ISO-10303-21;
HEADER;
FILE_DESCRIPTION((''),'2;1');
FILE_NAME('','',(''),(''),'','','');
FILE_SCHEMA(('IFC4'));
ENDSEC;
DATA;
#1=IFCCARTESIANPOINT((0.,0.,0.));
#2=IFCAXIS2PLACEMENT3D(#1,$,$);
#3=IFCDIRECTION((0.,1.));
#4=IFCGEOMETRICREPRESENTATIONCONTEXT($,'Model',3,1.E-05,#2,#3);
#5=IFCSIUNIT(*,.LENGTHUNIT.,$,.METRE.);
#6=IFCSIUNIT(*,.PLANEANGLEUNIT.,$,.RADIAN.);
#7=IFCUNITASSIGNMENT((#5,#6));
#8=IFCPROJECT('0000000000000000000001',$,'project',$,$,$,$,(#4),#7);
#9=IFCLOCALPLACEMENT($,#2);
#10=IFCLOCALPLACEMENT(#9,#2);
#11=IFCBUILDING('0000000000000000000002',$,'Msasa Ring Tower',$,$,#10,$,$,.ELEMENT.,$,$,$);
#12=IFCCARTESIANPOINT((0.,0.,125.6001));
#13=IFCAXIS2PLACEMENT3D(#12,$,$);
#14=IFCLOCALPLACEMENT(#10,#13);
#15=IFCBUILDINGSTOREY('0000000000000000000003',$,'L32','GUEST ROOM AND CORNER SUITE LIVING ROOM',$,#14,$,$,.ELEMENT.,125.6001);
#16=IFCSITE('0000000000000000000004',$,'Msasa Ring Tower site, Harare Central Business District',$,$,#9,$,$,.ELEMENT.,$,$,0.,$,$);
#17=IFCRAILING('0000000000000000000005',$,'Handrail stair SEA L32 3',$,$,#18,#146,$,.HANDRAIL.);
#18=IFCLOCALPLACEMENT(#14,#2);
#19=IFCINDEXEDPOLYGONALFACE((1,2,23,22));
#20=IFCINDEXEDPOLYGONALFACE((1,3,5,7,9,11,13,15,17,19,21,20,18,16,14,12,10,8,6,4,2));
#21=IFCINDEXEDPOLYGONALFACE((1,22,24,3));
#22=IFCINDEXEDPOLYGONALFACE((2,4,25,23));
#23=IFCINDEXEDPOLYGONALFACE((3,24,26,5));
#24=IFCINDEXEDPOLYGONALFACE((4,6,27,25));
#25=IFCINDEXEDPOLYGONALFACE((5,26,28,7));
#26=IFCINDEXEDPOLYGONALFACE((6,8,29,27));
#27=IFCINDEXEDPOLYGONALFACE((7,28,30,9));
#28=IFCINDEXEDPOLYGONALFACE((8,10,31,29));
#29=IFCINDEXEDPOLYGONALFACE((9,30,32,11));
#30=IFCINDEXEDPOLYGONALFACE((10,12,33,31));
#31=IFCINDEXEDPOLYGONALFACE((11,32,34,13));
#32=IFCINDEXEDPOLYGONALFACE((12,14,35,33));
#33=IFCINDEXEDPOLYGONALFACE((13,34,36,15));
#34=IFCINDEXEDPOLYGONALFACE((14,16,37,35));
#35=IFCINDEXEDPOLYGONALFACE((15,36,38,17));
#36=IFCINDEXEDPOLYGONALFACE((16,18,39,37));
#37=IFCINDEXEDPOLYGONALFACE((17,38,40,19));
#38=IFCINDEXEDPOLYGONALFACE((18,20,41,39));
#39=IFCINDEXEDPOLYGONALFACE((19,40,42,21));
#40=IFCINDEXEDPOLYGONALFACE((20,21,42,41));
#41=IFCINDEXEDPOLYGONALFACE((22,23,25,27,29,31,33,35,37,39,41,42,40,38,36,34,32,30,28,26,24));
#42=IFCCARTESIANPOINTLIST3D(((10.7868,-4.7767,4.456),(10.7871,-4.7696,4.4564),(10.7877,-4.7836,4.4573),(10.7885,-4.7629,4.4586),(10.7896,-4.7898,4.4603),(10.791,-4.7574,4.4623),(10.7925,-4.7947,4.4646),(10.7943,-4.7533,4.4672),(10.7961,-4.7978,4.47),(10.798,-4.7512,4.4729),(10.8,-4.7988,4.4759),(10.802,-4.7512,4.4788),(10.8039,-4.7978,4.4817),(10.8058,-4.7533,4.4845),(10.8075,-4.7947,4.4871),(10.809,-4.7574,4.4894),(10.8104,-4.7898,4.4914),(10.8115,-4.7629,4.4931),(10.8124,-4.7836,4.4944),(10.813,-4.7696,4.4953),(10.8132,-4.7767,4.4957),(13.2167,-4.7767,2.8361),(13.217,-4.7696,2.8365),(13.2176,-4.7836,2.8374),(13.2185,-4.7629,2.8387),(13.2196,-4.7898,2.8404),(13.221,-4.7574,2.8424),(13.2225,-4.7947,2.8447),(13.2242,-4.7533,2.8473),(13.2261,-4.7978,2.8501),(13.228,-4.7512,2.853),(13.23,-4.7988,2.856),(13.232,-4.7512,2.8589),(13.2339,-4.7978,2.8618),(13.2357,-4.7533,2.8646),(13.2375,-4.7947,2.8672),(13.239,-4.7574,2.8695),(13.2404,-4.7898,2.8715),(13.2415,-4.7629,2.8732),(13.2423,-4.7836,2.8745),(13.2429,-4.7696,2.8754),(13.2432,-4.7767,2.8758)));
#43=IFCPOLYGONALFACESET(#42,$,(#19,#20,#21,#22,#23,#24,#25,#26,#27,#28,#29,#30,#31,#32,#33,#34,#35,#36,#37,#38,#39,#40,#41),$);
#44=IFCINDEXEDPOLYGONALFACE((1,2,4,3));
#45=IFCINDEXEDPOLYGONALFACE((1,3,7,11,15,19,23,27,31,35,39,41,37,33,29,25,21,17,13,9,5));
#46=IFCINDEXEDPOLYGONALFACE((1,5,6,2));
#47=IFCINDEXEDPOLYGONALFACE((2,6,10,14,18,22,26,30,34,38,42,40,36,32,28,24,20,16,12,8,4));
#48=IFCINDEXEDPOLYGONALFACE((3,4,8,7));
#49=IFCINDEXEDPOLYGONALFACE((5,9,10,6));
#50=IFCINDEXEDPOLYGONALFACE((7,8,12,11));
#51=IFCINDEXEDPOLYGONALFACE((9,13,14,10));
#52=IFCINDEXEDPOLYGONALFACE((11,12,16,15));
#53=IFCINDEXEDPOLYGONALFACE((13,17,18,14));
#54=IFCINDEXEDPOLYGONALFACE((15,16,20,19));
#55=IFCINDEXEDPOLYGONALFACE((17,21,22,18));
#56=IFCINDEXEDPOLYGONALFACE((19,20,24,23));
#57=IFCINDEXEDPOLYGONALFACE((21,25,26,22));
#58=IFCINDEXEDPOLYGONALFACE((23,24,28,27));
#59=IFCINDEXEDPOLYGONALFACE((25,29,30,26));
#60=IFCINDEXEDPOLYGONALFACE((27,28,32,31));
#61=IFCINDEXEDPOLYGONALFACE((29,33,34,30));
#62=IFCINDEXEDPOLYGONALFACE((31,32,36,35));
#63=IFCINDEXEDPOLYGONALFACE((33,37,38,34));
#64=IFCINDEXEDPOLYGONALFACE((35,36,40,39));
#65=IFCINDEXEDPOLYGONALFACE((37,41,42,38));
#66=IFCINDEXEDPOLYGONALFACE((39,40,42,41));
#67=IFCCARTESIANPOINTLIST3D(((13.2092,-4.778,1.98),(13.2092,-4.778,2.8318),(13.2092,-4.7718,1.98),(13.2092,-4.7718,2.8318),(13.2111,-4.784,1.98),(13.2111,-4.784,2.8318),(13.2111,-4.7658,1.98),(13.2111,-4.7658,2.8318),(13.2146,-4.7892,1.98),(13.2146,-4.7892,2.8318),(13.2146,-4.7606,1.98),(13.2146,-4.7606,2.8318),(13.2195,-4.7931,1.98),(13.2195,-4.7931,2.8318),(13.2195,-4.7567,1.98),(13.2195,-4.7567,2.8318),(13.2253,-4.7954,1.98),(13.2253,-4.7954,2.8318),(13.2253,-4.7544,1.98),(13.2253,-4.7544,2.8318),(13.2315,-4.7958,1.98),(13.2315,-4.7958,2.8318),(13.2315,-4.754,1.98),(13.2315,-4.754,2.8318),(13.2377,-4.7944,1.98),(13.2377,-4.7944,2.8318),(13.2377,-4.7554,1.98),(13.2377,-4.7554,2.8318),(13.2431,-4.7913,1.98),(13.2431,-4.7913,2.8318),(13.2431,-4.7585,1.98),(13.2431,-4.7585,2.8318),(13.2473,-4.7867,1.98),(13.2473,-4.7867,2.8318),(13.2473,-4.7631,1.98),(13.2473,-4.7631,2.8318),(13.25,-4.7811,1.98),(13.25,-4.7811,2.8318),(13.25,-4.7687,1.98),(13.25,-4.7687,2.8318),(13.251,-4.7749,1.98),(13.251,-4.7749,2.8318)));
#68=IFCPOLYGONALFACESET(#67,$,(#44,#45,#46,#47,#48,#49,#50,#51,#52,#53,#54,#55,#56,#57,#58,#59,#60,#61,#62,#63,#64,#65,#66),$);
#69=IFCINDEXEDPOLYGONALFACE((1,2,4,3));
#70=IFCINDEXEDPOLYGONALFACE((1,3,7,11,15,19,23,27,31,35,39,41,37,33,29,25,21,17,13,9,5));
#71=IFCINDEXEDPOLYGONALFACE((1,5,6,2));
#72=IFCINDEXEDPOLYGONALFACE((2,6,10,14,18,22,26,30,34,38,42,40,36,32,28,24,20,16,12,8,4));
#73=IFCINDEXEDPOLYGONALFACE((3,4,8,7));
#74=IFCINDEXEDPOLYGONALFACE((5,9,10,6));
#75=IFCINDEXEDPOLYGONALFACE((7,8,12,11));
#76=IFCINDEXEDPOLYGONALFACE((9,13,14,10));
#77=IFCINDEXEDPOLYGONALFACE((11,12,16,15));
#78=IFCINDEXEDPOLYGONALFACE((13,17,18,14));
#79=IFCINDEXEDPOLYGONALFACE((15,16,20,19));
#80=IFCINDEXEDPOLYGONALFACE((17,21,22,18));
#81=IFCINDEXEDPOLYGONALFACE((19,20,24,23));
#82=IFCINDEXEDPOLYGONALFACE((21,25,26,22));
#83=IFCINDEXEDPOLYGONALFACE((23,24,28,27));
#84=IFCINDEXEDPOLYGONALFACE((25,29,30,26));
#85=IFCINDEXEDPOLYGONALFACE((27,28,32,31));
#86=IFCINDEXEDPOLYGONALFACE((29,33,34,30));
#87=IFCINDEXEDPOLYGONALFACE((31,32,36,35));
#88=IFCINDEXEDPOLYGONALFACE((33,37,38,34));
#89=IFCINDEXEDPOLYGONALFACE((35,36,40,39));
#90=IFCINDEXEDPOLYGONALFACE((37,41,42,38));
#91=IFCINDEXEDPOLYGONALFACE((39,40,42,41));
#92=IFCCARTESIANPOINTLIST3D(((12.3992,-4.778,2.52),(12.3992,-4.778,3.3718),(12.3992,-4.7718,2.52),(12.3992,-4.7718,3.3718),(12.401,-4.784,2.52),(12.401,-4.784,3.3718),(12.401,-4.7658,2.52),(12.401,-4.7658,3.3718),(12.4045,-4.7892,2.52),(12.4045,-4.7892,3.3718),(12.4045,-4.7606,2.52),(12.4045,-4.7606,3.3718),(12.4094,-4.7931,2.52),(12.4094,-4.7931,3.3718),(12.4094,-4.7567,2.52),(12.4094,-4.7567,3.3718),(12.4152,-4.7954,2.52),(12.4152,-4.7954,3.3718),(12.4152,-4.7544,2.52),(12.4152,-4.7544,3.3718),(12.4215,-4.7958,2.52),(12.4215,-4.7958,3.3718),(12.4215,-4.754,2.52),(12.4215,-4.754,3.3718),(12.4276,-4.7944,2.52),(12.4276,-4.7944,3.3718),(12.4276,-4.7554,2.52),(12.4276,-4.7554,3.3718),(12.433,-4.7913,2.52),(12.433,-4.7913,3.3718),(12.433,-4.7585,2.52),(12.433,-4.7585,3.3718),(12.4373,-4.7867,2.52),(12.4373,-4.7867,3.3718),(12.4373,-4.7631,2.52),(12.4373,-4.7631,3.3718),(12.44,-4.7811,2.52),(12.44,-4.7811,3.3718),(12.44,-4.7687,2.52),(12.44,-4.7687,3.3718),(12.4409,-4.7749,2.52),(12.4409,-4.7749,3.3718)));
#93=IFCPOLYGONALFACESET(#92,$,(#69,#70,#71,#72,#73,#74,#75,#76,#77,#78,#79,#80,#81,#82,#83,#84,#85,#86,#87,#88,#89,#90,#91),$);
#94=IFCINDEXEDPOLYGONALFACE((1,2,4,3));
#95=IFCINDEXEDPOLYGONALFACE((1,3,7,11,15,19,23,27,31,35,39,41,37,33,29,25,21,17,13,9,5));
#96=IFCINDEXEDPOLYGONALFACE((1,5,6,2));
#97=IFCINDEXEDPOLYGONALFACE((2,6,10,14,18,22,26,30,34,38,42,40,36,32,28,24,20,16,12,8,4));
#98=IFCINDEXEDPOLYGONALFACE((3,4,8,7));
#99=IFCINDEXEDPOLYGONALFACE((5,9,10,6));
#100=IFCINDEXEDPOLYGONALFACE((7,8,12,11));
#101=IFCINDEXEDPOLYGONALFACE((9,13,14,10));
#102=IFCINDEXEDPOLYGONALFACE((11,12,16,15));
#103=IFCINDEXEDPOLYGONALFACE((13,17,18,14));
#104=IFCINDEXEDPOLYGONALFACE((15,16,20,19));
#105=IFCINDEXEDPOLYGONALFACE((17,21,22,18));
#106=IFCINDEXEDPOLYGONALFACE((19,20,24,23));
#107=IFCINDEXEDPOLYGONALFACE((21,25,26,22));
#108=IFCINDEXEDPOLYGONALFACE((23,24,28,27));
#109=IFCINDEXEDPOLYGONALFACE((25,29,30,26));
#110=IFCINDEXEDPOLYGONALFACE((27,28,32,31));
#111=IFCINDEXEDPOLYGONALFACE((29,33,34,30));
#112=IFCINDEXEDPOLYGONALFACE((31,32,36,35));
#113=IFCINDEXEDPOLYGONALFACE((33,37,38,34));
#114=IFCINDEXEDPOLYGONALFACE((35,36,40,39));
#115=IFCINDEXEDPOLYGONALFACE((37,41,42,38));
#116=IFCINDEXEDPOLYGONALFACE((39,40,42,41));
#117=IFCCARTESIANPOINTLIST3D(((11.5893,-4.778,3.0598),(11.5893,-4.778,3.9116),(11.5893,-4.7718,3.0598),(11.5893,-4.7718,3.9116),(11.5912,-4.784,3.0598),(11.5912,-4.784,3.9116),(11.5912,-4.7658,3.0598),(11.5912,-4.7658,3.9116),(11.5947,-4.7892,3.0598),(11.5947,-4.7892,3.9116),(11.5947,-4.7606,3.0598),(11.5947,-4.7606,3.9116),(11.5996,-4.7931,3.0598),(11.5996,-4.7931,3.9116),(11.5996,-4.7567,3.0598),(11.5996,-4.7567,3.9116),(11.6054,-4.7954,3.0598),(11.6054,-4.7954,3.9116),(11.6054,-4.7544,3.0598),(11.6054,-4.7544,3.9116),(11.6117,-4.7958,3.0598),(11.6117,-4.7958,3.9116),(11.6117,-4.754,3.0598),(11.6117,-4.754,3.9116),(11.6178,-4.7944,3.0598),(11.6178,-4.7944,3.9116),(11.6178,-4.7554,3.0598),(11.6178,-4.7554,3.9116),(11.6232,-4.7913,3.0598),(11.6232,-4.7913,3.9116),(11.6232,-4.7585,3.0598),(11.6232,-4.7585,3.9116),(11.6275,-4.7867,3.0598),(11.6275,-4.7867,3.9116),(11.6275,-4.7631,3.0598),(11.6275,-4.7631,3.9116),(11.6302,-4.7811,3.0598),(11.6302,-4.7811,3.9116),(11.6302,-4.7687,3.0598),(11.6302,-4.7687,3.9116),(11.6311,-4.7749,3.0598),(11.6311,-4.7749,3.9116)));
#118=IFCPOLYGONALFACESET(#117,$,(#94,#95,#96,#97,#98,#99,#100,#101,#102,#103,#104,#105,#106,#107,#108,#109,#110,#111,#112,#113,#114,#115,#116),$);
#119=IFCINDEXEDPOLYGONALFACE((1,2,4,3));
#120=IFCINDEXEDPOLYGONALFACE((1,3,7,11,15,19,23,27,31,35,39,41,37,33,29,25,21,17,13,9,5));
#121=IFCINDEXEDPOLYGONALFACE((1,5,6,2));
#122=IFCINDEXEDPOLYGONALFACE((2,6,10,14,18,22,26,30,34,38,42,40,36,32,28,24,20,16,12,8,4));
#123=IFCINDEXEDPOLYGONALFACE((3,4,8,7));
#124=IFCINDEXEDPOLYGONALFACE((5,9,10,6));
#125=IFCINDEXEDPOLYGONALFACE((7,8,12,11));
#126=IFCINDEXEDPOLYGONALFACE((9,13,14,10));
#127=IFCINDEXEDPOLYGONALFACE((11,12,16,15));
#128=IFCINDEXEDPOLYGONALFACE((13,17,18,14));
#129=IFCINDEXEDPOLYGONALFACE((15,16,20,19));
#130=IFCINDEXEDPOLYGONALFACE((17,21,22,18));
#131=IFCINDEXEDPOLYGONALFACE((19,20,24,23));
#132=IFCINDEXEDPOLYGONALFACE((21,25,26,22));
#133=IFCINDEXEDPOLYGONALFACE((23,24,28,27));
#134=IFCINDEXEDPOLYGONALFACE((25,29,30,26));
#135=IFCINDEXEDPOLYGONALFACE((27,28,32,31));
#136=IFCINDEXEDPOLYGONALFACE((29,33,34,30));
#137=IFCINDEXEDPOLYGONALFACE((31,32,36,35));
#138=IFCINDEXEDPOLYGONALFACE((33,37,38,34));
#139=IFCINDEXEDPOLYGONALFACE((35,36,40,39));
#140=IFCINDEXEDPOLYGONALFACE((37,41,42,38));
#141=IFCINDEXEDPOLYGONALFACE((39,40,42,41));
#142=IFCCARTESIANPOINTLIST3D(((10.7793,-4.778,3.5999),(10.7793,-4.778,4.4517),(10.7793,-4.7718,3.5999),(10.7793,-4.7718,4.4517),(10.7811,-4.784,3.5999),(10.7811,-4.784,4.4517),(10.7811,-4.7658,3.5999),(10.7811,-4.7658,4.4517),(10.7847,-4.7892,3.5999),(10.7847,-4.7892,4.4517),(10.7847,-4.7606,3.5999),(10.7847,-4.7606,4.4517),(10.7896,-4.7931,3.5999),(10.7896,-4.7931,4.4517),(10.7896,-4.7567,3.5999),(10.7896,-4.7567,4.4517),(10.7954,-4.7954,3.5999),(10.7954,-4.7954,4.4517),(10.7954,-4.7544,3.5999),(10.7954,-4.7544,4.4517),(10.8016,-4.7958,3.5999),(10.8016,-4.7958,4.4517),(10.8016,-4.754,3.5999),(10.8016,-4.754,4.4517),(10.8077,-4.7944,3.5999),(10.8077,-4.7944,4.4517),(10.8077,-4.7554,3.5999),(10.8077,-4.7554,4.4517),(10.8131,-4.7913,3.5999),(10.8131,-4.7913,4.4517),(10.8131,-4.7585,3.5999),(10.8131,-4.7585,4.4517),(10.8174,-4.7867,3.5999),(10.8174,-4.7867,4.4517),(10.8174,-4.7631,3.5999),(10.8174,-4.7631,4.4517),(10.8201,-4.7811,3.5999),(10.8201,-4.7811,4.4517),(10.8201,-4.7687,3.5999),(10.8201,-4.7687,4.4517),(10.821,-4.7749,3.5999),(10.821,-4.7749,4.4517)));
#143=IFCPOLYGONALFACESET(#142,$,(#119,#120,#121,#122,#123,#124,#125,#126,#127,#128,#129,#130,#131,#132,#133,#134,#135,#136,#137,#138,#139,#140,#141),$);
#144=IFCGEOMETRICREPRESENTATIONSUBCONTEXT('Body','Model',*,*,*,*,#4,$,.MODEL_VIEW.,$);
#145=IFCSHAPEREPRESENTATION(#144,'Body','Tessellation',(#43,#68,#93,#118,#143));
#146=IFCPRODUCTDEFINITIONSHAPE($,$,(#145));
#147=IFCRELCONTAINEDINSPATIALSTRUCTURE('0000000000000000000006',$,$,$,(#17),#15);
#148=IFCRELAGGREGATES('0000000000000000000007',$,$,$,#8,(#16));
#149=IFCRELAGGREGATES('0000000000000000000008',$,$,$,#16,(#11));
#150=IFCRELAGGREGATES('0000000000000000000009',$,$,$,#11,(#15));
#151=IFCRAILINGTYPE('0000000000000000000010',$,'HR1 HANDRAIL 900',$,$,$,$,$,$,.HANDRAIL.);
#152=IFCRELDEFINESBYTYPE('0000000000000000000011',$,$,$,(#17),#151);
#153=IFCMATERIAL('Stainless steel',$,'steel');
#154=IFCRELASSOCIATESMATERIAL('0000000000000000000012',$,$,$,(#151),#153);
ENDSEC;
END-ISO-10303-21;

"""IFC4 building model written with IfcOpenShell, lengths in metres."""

from ifc_helpers import new_model, si_unit, direction, frame, origin, origin_2d, place, context, subcontext, project, spatial, circle, extrude, material, type_object, element, save


model = new_model("IFC4")

# Units and contexts
model_context = context("Model", 3, precision=1e-05, world=origin(), true_north=direction((0.0, 1.0)))
body_context = subcontext(model_context, "Body", "Model", "MODEL_VIEW")
ifc_project = project(units=[si_unit("LENGTHUNIT", "METRE"), si_unit("PLANEANGLEUNIT", "RADIAN")], contexts=[model_context])

# Site, building, storey
site_placement = place(None, origin())
site = spatial("IfcSite", under=ifc_project, at=site_placement, Name="Msasa Ring Tower site, Harare Central Business District", CompositionType="ELEMENT", RefElevation=0.0)
building_placement = place(site_placement, origin())
building = spatial("IfcBuilding", under=site, at=building_placement, Name="Msasa Ring Tower", CompositionType="ELEMENT")
storey_placement = place(building_placement, frame((0.0, 0.0, 125.6001)))
storey = spatial("IfcBuildingStorey", under=building, at=storey_placement, Name="L32", Description="GUEST ROOM AND CORNER SUITE LIVING ROOM", CompositionType="ELEMENT", Elevation=125.6001)

# Railing
ifc_material_1 = material(Name="Stainless steel", Category="steel")
railing_type = type_object("IfcRailingType", Name="HR1 HANDRAIL 900", PredefinedType="HANDRAIL", material=ifc_material_1)
for number, where, name in (
    (1, (13.23, -4.7749, 1.98), "Handrail stair SEA L32 3"),
):
    element("IfcRailing", number, at=place(storey_placement, frame(where)), inside=storey, type_object=railing_type, Name=name, PredefinedType="HANDRAIL", context=body_context, shape_type="SweptSolid", body=[
        extrude(circle(Radius=0.0239, at=origin_2d()), frame((0.0, 0.0, 0.876), z_axis=(-0.832063, 0.0, 0.554681), x_axis=(0.0, -1.0, 0.0)), (0.0, 0.0, 1.0), 2.9204),
        extrude(circle(Radius=0.021, at=origin_2d()), origin(), (0.0, 0.0, 1.0), 0.8518),
        extrude(circle(Radius=0.021, at=origin_2d()), frame((-0.8101, 0.0, 0.54)), (0.0, 0.0, 1.0), 0.8518),
        extrude(circle(Radius=0.021, at=origin_2d()), frame((-1.6199, 0.0, 1.0798)), (0.0, 0.0, 1.0), 0.8518),
        extrude(circle(Radius=0.021, at=origin_2d()), frame((-2.4299, 0.0, 1.6199)), (0.0, 0.0, 1.0), 0.8518),
    ])

save(model, "model.ifc")
